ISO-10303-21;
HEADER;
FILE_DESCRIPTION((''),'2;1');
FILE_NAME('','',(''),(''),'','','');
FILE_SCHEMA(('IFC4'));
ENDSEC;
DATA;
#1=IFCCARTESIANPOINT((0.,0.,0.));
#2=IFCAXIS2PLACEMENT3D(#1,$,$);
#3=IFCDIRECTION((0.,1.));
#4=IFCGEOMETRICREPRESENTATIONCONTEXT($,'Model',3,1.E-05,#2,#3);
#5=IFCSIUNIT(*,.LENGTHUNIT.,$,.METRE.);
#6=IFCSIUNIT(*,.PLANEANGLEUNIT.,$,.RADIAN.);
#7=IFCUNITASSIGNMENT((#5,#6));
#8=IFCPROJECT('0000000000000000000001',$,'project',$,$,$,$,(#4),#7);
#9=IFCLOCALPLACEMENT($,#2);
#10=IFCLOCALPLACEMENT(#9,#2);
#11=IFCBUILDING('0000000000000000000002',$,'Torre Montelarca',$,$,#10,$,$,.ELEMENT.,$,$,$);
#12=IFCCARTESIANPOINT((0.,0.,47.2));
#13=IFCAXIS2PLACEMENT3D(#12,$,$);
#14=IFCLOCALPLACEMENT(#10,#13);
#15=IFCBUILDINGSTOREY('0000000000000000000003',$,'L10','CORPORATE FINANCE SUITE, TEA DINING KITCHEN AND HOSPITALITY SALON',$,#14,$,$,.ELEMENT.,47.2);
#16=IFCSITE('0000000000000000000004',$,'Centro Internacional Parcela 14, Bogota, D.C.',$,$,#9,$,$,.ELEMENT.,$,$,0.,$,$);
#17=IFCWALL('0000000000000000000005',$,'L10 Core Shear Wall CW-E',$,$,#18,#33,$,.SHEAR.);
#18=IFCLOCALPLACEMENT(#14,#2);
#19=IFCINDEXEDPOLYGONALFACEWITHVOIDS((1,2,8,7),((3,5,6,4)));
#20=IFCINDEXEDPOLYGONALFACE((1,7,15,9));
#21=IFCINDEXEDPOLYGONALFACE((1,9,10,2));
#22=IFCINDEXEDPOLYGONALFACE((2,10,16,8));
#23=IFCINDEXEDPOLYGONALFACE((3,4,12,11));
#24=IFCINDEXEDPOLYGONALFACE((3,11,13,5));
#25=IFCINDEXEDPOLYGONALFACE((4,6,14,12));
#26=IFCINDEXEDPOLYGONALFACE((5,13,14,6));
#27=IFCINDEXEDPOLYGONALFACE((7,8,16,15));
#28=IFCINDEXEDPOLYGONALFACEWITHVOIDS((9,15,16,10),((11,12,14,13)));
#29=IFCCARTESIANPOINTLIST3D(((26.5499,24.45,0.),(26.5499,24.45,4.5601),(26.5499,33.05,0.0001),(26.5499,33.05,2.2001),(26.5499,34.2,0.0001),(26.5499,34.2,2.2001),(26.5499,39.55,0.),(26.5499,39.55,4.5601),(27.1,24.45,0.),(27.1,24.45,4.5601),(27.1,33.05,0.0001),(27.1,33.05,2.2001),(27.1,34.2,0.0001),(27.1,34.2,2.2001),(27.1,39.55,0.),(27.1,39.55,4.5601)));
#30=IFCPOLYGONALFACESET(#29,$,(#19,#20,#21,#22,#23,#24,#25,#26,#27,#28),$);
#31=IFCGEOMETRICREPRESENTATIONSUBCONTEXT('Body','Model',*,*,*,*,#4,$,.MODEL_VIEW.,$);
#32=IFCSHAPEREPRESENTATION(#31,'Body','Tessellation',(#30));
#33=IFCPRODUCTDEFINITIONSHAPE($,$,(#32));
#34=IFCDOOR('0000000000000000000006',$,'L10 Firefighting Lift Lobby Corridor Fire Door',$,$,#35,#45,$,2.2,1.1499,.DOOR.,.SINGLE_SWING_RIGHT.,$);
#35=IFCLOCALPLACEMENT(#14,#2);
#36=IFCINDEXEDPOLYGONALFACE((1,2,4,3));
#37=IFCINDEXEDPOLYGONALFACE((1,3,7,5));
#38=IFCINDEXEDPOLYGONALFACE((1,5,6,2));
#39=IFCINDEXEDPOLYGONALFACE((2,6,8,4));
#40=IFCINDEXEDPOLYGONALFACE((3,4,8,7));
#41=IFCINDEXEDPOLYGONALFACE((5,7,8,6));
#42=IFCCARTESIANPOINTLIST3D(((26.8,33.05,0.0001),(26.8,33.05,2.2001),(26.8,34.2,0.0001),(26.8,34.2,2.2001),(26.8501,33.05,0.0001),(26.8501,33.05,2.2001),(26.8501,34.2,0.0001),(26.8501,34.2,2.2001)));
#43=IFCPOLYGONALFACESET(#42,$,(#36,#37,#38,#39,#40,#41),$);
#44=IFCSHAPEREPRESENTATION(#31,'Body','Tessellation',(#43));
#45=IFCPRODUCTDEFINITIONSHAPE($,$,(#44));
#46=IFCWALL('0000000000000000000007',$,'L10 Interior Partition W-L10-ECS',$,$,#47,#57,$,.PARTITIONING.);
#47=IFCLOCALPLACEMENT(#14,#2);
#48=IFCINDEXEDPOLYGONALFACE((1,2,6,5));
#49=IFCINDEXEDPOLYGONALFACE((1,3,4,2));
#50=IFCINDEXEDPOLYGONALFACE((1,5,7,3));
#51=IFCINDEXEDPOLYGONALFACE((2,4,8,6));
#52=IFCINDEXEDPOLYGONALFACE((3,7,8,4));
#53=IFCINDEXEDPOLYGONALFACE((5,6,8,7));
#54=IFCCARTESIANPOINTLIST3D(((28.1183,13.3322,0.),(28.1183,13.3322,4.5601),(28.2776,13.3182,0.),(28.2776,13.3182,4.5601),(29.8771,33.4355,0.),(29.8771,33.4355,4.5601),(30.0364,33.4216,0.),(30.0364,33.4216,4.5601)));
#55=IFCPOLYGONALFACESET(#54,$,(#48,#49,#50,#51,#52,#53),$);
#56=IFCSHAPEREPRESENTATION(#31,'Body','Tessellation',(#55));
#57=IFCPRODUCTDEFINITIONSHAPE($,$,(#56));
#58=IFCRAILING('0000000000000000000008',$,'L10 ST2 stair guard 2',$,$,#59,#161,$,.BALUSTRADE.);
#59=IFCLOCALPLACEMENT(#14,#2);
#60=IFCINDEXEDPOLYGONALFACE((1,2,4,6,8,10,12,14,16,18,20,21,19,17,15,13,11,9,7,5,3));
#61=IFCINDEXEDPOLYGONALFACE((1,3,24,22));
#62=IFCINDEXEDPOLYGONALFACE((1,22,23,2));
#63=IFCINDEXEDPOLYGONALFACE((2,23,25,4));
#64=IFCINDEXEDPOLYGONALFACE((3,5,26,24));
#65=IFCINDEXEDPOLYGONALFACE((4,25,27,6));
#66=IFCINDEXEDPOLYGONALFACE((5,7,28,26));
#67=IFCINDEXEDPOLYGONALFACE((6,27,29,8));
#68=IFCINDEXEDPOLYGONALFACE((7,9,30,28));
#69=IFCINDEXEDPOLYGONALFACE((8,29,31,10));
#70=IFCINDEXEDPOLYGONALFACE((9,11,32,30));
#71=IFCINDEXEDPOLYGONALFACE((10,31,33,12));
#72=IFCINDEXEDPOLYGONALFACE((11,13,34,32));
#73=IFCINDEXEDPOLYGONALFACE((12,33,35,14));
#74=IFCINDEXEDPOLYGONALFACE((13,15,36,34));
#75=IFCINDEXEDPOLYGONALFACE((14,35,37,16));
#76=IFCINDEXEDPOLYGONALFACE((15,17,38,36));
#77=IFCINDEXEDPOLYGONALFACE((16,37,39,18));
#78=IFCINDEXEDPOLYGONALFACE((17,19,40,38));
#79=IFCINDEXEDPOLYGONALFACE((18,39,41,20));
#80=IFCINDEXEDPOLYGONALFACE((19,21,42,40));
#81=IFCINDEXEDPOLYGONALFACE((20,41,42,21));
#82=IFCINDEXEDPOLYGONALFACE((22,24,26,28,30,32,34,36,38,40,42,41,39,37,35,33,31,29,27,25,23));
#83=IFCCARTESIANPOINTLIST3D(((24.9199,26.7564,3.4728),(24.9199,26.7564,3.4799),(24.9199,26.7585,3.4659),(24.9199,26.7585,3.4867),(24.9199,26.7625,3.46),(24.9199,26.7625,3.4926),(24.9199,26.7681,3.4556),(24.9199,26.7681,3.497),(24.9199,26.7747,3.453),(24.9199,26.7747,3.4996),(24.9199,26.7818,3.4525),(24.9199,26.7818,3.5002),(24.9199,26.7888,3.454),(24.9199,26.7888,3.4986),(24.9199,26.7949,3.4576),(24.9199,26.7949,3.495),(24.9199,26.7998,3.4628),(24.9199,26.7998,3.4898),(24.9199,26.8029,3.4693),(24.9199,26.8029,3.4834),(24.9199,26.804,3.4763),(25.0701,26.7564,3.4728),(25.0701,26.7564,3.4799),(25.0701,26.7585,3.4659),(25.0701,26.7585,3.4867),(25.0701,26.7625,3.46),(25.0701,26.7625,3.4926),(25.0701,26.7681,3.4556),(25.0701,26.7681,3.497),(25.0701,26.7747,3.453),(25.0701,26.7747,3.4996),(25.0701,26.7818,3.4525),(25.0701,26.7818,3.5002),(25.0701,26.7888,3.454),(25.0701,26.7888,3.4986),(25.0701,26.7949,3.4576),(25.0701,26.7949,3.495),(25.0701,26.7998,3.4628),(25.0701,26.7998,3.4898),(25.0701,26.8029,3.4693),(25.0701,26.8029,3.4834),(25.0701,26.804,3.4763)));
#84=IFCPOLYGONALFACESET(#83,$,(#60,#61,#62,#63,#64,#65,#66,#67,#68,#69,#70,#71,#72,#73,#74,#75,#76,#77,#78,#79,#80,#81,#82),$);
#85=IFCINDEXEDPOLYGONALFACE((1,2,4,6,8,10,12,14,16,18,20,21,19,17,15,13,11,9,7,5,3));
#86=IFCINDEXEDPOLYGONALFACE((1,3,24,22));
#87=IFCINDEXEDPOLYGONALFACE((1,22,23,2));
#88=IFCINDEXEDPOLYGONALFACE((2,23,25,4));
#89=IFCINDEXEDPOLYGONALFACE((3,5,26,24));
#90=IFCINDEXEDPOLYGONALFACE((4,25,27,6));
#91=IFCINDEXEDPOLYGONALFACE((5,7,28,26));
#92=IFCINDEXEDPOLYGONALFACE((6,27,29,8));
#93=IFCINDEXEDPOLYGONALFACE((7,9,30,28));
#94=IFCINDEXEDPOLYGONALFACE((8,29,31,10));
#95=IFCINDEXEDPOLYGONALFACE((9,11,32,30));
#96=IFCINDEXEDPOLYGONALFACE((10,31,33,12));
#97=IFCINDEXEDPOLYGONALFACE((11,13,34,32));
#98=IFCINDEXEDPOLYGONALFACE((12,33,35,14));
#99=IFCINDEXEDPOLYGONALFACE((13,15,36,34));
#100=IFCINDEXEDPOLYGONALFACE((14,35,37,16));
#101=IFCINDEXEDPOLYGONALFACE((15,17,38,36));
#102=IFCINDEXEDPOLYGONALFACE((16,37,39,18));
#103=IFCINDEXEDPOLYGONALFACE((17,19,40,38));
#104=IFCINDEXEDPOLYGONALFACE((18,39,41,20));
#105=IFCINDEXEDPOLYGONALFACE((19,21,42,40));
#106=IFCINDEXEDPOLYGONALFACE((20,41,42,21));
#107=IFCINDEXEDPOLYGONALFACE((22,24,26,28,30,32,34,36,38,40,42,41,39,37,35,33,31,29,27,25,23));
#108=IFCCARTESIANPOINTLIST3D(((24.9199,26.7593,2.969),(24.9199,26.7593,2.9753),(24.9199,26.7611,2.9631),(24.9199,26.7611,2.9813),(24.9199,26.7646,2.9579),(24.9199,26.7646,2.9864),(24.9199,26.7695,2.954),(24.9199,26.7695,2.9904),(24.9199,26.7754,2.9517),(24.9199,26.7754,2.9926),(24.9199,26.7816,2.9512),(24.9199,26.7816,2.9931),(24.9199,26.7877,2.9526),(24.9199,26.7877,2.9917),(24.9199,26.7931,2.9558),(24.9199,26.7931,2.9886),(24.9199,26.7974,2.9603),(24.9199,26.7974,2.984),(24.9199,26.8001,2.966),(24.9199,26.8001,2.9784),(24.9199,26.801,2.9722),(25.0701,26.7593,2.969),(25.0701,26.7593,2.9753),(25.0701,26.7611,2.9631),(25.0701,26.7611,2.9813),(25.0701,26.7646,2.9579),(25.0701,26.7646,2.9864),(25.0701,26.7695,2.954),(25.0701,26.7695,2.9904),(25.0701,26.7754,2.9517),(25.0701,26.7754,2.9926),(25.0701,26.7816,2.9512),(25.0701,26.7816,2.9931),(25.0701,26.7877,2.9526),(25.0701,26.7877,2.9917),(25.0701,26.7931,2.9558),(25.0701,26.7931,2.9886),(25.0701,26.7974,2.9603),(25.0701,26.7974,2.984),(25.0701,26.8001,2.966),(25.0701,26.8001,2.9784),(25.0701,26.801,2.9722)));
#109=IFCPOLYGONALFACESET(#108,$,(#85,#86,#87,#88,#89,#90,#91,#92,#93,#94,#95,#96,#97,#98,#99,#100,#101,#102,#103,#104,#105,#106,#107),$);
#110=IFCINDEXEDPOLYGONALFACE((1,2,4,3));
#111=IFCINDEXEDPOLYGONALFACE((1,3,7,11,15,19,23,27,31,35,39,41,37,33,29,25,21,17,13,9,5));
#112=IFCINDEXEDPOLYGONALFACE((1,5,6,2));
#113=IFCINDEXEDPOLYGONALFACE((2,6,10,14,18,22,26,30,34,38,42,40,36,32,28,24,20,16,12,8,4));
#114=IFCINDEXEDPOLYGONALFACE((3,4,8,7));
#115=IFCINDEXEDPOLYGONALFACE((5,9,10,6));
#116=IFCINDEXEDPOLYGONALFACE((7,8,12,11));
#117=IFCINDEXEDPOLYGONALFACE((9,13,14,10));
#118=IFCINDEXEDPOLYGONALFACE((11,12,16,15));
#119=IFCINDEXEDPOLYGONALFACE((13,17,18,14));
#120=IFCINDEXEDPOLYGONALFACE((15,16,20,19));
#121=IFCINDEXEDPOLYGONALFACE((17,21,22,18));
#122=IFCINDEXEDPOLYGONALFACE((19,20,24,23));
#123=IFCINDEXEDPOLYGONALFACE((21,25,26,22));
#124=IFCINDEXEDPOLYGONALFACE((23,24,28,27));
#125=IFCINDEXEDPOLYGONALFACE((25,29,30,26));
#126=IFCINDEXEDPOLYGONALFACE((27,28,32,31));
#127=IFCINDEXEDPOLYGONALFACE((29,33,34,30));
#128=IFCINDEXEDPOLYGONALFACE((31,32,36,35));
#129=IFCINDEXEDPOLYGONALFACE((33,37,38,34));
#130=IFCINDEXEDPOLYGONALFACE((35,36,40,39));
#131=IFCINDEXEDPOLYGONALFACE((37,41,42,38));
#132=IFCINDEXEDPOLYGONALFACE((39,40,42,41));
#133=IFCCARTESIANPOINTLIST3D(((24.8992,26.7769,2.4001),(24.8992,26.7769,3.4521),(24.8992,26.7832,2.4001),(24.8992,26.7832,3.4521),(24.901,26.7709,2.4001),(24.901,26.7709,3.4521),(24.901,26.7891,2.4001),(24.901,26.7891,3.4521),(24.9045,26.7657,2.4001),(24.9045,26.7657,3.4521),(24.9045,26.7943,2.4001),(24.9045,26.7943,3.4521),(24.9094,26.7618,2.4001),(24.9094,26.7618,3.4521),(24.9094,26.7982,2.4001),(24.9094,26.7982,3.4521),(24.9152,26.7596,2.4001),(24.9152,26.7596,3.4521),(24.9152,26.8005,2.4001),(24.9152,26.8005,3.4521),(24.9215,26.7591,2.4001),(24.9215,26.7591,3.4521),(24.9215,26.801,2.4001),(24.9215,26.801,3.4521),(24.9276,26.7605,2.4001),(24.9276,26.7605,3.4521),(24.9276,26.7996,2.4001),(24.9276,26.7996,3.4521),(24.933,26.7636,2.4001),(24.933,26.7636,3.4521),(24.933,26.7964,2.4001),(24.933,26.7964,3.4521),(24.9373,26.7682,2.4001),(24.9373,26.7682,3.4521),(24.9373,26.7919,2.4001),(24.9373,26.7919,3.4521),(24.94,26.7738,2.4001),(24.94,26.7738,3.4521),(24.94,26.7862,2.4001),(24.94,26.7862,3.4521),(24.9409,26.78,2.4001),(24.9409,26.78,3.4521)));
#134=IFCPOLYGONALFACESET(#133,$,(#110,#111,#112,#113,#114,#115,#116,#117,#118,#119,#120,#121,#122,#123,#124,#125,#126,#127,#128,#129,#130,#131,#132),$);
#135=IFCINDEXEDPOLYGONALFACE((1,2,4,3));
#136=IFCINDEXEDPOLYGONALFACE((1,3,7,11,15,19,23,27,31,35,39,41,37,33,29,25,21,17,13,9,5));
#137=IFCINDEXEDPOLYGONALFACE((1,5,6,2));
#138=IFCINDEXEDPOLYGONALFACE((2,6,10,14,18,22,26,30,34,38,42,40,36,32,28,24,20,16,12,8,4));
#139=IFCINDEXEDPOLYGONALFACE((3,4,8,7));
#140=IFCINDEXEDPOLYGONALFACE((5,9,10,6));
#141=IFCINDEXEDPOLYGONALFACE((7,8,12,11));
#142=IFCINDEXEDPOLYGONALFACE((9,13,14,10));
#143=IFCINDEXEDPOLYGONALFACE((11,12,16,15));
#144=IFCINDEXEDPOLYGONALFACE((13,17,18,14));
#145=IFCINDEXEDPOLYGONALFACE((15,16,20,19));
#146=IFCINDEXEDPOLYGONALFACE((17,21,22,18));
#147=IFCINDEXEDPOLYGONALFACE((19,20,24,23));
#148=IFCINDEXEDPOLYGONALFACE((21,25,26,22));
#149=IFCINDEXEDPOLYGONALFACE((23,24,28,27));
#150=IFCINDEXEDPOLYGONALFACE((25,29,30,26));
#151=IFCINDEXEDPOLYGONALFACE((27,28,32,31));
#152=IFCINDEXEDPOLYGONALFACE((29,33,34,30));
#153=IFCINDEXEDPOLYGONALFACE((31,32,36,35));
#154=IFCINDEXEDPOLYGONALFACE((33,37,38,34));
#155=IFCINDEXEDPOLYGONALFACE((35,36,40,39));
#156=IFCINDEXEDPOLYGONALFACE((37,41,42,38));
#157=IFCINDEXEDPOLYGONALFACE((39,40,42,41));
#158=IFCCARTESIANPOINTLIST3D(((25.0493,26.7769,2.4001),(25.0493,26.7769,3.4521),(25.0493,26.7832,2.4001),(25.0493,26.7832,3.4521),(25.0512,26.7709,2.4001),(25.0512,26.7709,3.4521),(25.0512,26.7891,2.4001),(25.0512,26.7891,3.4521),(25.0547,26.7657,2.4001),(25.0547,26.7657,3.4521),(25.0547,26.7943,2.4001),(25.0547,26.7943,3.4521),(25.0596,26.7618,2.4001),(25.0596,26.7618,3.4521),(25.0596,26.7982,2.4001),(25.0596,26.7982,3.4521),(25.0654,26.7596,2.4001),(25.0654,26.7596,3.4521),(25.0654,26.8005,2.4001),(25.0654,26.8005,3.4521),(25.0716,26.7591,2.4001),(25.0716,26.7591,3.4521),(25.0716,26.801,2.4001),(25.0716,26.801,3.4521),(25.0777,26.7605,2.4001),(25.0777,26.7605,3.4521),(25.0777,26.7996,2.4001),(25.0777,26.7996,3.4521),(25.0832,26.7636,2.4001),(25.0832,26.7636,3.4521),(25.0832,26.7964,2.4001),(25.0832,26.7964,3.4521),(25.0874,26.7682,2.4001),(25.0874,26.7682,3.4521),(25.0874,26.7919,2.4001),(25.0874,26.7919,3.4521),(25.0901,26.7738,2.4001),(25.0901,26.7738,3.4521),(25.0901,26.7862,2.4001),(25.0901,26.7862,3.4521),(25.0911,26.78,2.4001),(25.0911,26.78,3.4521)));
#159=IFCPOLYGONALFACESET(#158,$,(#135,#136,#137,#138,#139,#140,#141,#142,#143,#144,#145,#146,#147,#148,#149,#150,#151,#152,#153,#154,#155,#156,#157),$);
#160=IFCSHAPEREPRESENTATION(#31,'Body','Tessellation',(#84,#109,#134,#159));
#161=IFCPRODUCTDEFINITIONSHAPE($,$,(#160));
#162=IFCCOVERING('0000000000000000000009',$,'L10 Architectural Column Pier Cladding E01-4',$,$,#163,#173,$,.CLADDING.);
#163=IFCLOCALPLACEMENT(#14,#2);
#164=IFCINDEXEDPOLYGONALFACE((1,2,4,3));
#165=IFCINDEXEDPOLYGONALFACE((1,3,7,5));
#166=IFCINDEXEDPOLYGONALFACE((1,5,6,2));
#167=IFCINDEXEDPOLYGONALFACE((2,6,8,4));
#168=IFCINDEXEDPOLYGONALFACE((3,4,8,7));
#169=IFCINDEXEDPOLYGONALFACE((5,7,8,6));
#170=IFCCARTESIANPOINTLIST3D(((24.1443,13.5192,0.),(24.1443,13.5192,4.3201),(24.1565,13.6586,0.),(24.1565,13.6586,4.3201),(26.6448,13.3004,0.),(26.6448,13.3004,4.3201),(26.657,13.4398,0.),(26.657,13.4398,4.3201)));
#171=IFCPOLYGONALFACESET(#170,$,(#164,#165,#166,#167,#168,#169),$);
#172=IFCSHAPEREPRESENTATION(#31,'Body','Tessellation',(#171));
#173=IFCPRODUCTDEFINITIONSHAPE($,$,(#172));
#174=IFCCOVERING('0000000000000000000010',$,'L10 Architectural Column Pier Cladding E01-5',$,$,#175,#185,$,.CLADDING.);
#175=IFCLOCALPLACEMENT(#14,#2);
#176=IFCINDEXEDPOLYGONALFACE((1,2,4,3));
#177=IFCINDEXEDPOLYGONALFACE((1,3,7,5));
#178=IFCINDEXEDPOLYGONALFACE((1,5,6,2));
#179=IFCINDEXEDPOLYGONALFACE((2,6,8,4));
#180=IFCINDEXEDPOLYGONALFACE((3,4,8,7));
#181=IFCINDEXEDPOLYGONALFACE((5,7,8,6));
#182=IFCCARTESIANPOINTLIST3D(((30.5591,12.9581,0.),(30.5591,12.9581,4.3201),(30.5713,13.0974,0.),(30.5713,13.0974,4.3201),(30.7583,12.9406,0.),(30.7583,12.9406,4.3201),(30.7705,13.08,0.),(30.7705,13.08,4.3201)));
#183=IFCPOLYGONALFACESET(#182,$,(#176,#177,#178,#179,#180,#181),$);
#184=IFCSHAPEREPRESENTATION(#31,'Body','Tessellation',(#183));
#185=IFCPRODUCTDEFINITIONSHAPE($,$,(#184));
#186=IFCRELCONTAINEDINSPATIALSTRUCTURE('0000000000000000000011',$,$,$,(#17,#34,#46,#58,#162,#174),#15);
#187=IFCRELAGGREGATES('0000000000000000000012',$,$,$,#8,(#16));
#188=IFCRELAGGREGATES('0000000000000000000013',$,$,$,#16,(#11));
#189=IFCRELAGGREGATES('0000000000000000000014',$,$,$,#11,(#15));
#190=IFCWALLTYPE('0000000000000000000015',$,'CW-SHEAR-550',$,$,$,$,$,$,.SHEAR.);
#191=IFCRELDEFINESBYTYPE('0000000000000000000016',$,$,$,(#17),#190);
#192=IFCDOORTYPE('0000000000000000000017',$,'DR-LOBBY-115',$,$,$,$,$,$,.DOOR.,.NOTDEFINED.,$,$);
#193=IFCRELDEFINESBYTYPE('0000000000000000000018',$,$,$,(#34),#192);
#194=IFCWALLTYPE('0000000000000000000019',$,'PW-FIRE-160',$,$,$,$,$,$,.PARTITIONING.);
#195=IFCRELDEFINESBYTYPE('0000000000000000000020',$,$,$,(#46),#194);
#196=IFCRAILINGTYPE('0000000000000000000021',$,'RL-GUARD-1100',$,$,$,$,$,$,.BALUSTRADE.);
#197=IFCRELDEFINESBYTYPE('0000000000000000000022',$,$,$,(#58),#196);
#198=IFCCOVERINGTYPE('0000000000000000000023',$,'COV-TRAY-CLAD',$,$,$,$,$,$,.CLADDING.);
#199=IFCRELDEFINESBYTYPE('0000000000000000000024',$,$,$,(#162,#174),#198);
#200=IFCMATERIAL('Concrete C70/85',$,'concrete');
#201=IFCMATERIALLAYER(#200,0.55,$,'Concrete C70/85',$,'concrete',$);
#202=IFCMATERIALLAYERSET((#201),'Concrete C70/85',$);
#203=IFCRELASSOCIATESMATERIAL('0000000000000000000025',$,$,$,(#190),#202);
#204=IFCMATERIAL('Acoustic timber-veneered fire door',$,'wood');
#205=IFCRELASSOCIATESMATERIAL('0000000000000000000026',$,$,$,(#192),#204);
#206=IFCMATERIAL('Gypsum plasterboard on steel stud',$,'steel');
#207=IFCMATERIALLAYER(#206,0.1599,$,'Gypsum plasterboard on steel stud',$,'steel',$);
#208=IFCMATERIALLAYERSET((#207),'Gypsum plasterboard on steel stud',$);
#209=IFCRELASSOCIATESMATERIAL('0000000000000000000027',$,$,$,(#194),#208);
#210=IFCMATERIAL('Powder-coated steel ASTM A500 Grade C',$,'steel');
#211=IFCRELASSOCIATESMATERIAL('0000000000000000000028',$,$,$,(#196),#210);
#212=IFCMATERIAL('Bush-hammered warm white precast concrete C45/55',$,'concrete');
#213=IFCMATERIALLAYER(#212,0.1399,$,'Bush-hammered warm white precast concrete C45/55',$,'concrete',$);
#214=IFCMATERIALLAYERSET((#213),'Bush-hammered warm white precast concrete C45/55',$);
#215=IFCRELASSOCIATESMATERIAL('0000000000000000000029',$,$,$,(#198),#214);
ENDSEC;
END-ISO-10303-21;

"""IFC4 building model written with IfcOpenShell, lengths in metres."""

from ifc_helpers import new_model, si_unit, direction, frame, frame_2d, origin, origin_2d, place, context, subcontext, project, spatial, rectangle, circle, extrude, source, transform, mapped, material, layer, layer_set, type_object, element, fill, save


model = new_model("IFC4")

# Units and contexts
model_context = context("Model", 3, precision=1e-05, world=origin(), true_north=direction((0.0, 1.0)))
body_context = subcontext(model_context, "Body", "Model", "MODEL_VIEW")
ifc_project = project(units=[si_unit("LENGTHUNIT", "METRE"), si_unit("PLANEANGLEUNIT", "RADIAN")], contexts=[model_context])

# Site, building, storey
site_placement = place(None, origin())
site = spatial("IfcSite", under=ifc_project, at=site_placement, Name="Centro Internacional Parcela 14, Bogota, D.C.", CompositionType="ELEMENT", RefElevation=0.0)
building_placement = place(site_placement, origin())
building = spatial("IfcBuilding", under=site, at=building_placement, Name="Torre Montelarca", CompositionType="ELEMENT")
storey_placement = place(building_placement, frame((0.0, 0.0, 47.2)))
storey = spatial("IfcBuildingStorey", under=building, at=storey_placement, Name="L10", Description="CORPORATE FINANCE SUITE, TEA DINING KITCHEN AND HOSPITALITY SALON", CompositionType="ELEMENT", Elevation=47.2)

# Shared definitions
ifc_material_1 = material(Name="Concrete C70/85", Category="concrete")

# Wall, opening, door
ifc_layer_1 = layer(ifc_material_1, 0.55, Name="Concrete C70/85", Category="concrete")
ifc_layer_set_1 = layer_set([ifc_layer_1], Name="Concrete C70/85")
wall_type_1 = type_object("IfcWallType", Name="CW-SHEAR-550", PredefinedType="SHEAR", material=ifc_layer_set_1)
wall_1_placement = place(storey_placement, frame((26.825, 24.45, 0.0), z_axis=(0.0, 0.0, 1.0), x_axis=(0.0, 1.0, 0.0)))
wall_1 = element("IfcWall", 1, at=wall_1_placement, inside=storey, type_object=wall_type_1, Name="L10 Core Shear Wall CW-E", PredefinedType="SHEAR", context=body_context, shape_type="SweptSolid", body=[
    extrude(rectangle(XDim=15.1001, YDim=0.55, at=frame_2d((7.55, 0.0))), origin(), (0.0, 0.0, 1.0), 4.5601),
])
opening_placement = place(wall_1_placement, frame((8.6001, 0.0, 0.0)))
opening = element("IfcOpeningElement", 2, at=opening_placement, cuts=wall_1, PredefinedType="OPENING", context=body_context, shape_type="SweptSolid", body=[
    extrude(rectangle(XDim=1.1499, YDim=2.2, at=frame_2d((0.575, 1.1001))), frame((0.0, 0.2852, 0.0), z_axis=(0.0, -1.0, 0.0), x_axis=(1.0, 0.0, 0.0)), (0.0, 0.0, 1.0), 0.5701),
])
ifc_material_2 = material(Name="Acoustic timber-veneered fire door", Category="wood")
door_type = type_object("IfcDoorType", Name="DR-LOBBY-115", OperationType="NOTDEFINED", PredefinedType="DOOR", material=ifc_material_2)
shared_shape_1 = source(origin(), body_context, "Body", "SweptSolid", [
    extrude(rectangle(XDim=1.1499, YDim=2.2, at=frame_2d((0.575, 1.1001))), frame((0.0, 0.0249, 0.0), z_axis=(0.0, -1.0, 0.0), x_axis=(1.0, 0.0, 0.0)), (0.0, 0.0, 1.0), 0.05),
])
door_placement = place(opening_placement, origin())
door = element("IfcDoor", 3, at=door_placement, inside=storey, type_object=door_type, Name="L10 Firefighting Lift Lobby Corridor Fire Door", OperationType="SINGLE_SWING_RIGHT", OverallHeight=2.2, OverallWidth=1.1499, PredefinedType="DOOR", context=body_context, shape_type="MappedRepresentation", body=[
    mapped(shared_shape_1, transform((0.0, 0.0, 0.0), scale=1.0)),
])
fill(opening, door)

# Wall
ifc_material_3 = material(Name="Gypsum plasterboard on steel stud", Category="steel")
ifc_layer_2 = layer(ifc_material_3, 0.1599, Name="Gypsum plasterboard on steel stud", Category="steel")
ifc_layer_set_2 = layer_set([ifc_layer_2], Name="Gypsum plasterboard on steel stud")
wall_type_2 = type_object("IfcWallType", Name="PW-FIRE-160", PredefinedType="PARTITIONING", material=ifc_layer_set_2)
wall_2_placement = place(storey_placement, frame((28.198, 13.3252, 0.0), z_axis=(0.0, 0.0, 1.0), x_axis=(0.087155, 0.996195, 0.0)))
element("IfcWall", 4, at=wall_2_placement, inside=storey, type_object=wall_type_2, Name="L10 Interior Partition W-L10-ECS", PredefinedType="PARTITIONING", context=body_context, shape_type="SweptSolid", body=[
    extrude(rectangle(XDim=20.1802, YDim=0.1599, at=frame_2d((10.0901, 0.0))), origin(), (0.0, 0.0, 1.0), 4.5601),
])

# Railing
ifc_material_4 = material(Name="Powder-coated steel ASTM A500 Grade C", Category="steel")
railing_type = type_object("IfcRailingType", Name="RL-GUARD-1100", PredefinedType="BALUSTRADE", material=ifc_material_4)
railing_placement = place(storey_placement, frame((24.9199, 26.78, 2.4001)))
element("IfcRailing", 5, at=railing_placement, inside=storey, type_object=railing_type, Name="L10 ST2 stair guard 2", PredefinedType="BALUSTRADE", context=body_context, shape_type="SweptSolid", body=[
    extrude(circle(Radius=0.0239, at=origin_2d()), frame((0.0, 0.0, 1.0762), z_axis=(1.0, 0.0, 0.0), x_axis=(0.0, 1.0, 0.0)), (0.0, 0.0, 1.0), 0.1501),
    extrude(circle(Radius=0.021, at=origin_2d()), frame((0.0, 0.0, 0.572), z_axis=(1.0, 0.0, 0.0), x_axis=(0.0, 1.0, 0.0)), (0.0, 0.0, 1.0), 0.1501),
    extrude(circle(Radius=0.021, at=origin_2d()), origin(), (0.0, 0.0, 1.0), 1.052),
    extrude(circle(Radius=0.021, at=origin_2d()), frame((0.1501, 0.0, 0.0)), (0.0, 0.0, 1.0), 1.052),
])

# Coverings
ifc_material_5 = material(Name="Bush-hammered warm white precast concrete C45/55", Category="concrete")
ifc_layer_3 = layer(ifc_material_5, 0.1399, Name="Bush-hammered warm white precast concrete C45/55", Category="concrete")
ifc_layer_set_3 = layer_set([ifc_layer_3], Name="Bush-hammered warm white precast concrete C45/55")
covering_type = type_object("IfcCoveringType", Name="COV-TRAY-CLAD", PredefinedType="CLADDING", material=ifc_layer_set_3)
shared_shape_2 = source(origin(), body_context, "Body", "SweptSolid", [
    extrude(rectangle(XDim=2.51, YDim=0.1399, at=origin_2d()), origin(), (0.0, 0.0, 1.0), 4.3201),
])
covering_1_placement = place(storey_placement, frame((25.4006, 13.4795, 0.0), z_axis=(0.0, 0.0, 1.0), x_axis=(0.996195, -0.087157, 0.0)))
element("IfcCovering", 6, at=covering_1_placement, inside=storey, type_object=covering_type, Name="L10 Architectural Column Pier Cladding E01-4", PredefinedType="CLADDING", context=body_context, shape_type="MappedRepresentation", body=[
    mapped(shared_shape_2, transform((0.0, 0.0, 0.0), scale=1.0)),
])
shared_shape_3 = source(origin(), body_context, "Body", "SweptSolid", [
    extrude(rectangle(XDim=0.2, YDim=0.1399, at=origin_2d()), origin(), (0.0, 0.0, 1.0), 4.3201),
])
for number, where, z_axis, x_axis, name in (
    (7, (30.6648, 13.019, 0.0), (0.0, 0.0, 1.0), (0.996195, -0.087157, 0.0), "L10 Architectural Column Pier Cladding E01-5"),
):
    element("IfcCovering", number, at=place(storey_placement, frame(where, z_axis=z_axis, x_axis=x_axis)), inside=storey, type_object=covering_type, Name=name, PredefinedType="CLADDING", context=body_context, shape_type="MappedRepresentation", body=[
        mapped(shared_shape_3, transform((0.0, 0.0, 0.0), scale=1.0)),
    ])

save(model, "model.ifc")
